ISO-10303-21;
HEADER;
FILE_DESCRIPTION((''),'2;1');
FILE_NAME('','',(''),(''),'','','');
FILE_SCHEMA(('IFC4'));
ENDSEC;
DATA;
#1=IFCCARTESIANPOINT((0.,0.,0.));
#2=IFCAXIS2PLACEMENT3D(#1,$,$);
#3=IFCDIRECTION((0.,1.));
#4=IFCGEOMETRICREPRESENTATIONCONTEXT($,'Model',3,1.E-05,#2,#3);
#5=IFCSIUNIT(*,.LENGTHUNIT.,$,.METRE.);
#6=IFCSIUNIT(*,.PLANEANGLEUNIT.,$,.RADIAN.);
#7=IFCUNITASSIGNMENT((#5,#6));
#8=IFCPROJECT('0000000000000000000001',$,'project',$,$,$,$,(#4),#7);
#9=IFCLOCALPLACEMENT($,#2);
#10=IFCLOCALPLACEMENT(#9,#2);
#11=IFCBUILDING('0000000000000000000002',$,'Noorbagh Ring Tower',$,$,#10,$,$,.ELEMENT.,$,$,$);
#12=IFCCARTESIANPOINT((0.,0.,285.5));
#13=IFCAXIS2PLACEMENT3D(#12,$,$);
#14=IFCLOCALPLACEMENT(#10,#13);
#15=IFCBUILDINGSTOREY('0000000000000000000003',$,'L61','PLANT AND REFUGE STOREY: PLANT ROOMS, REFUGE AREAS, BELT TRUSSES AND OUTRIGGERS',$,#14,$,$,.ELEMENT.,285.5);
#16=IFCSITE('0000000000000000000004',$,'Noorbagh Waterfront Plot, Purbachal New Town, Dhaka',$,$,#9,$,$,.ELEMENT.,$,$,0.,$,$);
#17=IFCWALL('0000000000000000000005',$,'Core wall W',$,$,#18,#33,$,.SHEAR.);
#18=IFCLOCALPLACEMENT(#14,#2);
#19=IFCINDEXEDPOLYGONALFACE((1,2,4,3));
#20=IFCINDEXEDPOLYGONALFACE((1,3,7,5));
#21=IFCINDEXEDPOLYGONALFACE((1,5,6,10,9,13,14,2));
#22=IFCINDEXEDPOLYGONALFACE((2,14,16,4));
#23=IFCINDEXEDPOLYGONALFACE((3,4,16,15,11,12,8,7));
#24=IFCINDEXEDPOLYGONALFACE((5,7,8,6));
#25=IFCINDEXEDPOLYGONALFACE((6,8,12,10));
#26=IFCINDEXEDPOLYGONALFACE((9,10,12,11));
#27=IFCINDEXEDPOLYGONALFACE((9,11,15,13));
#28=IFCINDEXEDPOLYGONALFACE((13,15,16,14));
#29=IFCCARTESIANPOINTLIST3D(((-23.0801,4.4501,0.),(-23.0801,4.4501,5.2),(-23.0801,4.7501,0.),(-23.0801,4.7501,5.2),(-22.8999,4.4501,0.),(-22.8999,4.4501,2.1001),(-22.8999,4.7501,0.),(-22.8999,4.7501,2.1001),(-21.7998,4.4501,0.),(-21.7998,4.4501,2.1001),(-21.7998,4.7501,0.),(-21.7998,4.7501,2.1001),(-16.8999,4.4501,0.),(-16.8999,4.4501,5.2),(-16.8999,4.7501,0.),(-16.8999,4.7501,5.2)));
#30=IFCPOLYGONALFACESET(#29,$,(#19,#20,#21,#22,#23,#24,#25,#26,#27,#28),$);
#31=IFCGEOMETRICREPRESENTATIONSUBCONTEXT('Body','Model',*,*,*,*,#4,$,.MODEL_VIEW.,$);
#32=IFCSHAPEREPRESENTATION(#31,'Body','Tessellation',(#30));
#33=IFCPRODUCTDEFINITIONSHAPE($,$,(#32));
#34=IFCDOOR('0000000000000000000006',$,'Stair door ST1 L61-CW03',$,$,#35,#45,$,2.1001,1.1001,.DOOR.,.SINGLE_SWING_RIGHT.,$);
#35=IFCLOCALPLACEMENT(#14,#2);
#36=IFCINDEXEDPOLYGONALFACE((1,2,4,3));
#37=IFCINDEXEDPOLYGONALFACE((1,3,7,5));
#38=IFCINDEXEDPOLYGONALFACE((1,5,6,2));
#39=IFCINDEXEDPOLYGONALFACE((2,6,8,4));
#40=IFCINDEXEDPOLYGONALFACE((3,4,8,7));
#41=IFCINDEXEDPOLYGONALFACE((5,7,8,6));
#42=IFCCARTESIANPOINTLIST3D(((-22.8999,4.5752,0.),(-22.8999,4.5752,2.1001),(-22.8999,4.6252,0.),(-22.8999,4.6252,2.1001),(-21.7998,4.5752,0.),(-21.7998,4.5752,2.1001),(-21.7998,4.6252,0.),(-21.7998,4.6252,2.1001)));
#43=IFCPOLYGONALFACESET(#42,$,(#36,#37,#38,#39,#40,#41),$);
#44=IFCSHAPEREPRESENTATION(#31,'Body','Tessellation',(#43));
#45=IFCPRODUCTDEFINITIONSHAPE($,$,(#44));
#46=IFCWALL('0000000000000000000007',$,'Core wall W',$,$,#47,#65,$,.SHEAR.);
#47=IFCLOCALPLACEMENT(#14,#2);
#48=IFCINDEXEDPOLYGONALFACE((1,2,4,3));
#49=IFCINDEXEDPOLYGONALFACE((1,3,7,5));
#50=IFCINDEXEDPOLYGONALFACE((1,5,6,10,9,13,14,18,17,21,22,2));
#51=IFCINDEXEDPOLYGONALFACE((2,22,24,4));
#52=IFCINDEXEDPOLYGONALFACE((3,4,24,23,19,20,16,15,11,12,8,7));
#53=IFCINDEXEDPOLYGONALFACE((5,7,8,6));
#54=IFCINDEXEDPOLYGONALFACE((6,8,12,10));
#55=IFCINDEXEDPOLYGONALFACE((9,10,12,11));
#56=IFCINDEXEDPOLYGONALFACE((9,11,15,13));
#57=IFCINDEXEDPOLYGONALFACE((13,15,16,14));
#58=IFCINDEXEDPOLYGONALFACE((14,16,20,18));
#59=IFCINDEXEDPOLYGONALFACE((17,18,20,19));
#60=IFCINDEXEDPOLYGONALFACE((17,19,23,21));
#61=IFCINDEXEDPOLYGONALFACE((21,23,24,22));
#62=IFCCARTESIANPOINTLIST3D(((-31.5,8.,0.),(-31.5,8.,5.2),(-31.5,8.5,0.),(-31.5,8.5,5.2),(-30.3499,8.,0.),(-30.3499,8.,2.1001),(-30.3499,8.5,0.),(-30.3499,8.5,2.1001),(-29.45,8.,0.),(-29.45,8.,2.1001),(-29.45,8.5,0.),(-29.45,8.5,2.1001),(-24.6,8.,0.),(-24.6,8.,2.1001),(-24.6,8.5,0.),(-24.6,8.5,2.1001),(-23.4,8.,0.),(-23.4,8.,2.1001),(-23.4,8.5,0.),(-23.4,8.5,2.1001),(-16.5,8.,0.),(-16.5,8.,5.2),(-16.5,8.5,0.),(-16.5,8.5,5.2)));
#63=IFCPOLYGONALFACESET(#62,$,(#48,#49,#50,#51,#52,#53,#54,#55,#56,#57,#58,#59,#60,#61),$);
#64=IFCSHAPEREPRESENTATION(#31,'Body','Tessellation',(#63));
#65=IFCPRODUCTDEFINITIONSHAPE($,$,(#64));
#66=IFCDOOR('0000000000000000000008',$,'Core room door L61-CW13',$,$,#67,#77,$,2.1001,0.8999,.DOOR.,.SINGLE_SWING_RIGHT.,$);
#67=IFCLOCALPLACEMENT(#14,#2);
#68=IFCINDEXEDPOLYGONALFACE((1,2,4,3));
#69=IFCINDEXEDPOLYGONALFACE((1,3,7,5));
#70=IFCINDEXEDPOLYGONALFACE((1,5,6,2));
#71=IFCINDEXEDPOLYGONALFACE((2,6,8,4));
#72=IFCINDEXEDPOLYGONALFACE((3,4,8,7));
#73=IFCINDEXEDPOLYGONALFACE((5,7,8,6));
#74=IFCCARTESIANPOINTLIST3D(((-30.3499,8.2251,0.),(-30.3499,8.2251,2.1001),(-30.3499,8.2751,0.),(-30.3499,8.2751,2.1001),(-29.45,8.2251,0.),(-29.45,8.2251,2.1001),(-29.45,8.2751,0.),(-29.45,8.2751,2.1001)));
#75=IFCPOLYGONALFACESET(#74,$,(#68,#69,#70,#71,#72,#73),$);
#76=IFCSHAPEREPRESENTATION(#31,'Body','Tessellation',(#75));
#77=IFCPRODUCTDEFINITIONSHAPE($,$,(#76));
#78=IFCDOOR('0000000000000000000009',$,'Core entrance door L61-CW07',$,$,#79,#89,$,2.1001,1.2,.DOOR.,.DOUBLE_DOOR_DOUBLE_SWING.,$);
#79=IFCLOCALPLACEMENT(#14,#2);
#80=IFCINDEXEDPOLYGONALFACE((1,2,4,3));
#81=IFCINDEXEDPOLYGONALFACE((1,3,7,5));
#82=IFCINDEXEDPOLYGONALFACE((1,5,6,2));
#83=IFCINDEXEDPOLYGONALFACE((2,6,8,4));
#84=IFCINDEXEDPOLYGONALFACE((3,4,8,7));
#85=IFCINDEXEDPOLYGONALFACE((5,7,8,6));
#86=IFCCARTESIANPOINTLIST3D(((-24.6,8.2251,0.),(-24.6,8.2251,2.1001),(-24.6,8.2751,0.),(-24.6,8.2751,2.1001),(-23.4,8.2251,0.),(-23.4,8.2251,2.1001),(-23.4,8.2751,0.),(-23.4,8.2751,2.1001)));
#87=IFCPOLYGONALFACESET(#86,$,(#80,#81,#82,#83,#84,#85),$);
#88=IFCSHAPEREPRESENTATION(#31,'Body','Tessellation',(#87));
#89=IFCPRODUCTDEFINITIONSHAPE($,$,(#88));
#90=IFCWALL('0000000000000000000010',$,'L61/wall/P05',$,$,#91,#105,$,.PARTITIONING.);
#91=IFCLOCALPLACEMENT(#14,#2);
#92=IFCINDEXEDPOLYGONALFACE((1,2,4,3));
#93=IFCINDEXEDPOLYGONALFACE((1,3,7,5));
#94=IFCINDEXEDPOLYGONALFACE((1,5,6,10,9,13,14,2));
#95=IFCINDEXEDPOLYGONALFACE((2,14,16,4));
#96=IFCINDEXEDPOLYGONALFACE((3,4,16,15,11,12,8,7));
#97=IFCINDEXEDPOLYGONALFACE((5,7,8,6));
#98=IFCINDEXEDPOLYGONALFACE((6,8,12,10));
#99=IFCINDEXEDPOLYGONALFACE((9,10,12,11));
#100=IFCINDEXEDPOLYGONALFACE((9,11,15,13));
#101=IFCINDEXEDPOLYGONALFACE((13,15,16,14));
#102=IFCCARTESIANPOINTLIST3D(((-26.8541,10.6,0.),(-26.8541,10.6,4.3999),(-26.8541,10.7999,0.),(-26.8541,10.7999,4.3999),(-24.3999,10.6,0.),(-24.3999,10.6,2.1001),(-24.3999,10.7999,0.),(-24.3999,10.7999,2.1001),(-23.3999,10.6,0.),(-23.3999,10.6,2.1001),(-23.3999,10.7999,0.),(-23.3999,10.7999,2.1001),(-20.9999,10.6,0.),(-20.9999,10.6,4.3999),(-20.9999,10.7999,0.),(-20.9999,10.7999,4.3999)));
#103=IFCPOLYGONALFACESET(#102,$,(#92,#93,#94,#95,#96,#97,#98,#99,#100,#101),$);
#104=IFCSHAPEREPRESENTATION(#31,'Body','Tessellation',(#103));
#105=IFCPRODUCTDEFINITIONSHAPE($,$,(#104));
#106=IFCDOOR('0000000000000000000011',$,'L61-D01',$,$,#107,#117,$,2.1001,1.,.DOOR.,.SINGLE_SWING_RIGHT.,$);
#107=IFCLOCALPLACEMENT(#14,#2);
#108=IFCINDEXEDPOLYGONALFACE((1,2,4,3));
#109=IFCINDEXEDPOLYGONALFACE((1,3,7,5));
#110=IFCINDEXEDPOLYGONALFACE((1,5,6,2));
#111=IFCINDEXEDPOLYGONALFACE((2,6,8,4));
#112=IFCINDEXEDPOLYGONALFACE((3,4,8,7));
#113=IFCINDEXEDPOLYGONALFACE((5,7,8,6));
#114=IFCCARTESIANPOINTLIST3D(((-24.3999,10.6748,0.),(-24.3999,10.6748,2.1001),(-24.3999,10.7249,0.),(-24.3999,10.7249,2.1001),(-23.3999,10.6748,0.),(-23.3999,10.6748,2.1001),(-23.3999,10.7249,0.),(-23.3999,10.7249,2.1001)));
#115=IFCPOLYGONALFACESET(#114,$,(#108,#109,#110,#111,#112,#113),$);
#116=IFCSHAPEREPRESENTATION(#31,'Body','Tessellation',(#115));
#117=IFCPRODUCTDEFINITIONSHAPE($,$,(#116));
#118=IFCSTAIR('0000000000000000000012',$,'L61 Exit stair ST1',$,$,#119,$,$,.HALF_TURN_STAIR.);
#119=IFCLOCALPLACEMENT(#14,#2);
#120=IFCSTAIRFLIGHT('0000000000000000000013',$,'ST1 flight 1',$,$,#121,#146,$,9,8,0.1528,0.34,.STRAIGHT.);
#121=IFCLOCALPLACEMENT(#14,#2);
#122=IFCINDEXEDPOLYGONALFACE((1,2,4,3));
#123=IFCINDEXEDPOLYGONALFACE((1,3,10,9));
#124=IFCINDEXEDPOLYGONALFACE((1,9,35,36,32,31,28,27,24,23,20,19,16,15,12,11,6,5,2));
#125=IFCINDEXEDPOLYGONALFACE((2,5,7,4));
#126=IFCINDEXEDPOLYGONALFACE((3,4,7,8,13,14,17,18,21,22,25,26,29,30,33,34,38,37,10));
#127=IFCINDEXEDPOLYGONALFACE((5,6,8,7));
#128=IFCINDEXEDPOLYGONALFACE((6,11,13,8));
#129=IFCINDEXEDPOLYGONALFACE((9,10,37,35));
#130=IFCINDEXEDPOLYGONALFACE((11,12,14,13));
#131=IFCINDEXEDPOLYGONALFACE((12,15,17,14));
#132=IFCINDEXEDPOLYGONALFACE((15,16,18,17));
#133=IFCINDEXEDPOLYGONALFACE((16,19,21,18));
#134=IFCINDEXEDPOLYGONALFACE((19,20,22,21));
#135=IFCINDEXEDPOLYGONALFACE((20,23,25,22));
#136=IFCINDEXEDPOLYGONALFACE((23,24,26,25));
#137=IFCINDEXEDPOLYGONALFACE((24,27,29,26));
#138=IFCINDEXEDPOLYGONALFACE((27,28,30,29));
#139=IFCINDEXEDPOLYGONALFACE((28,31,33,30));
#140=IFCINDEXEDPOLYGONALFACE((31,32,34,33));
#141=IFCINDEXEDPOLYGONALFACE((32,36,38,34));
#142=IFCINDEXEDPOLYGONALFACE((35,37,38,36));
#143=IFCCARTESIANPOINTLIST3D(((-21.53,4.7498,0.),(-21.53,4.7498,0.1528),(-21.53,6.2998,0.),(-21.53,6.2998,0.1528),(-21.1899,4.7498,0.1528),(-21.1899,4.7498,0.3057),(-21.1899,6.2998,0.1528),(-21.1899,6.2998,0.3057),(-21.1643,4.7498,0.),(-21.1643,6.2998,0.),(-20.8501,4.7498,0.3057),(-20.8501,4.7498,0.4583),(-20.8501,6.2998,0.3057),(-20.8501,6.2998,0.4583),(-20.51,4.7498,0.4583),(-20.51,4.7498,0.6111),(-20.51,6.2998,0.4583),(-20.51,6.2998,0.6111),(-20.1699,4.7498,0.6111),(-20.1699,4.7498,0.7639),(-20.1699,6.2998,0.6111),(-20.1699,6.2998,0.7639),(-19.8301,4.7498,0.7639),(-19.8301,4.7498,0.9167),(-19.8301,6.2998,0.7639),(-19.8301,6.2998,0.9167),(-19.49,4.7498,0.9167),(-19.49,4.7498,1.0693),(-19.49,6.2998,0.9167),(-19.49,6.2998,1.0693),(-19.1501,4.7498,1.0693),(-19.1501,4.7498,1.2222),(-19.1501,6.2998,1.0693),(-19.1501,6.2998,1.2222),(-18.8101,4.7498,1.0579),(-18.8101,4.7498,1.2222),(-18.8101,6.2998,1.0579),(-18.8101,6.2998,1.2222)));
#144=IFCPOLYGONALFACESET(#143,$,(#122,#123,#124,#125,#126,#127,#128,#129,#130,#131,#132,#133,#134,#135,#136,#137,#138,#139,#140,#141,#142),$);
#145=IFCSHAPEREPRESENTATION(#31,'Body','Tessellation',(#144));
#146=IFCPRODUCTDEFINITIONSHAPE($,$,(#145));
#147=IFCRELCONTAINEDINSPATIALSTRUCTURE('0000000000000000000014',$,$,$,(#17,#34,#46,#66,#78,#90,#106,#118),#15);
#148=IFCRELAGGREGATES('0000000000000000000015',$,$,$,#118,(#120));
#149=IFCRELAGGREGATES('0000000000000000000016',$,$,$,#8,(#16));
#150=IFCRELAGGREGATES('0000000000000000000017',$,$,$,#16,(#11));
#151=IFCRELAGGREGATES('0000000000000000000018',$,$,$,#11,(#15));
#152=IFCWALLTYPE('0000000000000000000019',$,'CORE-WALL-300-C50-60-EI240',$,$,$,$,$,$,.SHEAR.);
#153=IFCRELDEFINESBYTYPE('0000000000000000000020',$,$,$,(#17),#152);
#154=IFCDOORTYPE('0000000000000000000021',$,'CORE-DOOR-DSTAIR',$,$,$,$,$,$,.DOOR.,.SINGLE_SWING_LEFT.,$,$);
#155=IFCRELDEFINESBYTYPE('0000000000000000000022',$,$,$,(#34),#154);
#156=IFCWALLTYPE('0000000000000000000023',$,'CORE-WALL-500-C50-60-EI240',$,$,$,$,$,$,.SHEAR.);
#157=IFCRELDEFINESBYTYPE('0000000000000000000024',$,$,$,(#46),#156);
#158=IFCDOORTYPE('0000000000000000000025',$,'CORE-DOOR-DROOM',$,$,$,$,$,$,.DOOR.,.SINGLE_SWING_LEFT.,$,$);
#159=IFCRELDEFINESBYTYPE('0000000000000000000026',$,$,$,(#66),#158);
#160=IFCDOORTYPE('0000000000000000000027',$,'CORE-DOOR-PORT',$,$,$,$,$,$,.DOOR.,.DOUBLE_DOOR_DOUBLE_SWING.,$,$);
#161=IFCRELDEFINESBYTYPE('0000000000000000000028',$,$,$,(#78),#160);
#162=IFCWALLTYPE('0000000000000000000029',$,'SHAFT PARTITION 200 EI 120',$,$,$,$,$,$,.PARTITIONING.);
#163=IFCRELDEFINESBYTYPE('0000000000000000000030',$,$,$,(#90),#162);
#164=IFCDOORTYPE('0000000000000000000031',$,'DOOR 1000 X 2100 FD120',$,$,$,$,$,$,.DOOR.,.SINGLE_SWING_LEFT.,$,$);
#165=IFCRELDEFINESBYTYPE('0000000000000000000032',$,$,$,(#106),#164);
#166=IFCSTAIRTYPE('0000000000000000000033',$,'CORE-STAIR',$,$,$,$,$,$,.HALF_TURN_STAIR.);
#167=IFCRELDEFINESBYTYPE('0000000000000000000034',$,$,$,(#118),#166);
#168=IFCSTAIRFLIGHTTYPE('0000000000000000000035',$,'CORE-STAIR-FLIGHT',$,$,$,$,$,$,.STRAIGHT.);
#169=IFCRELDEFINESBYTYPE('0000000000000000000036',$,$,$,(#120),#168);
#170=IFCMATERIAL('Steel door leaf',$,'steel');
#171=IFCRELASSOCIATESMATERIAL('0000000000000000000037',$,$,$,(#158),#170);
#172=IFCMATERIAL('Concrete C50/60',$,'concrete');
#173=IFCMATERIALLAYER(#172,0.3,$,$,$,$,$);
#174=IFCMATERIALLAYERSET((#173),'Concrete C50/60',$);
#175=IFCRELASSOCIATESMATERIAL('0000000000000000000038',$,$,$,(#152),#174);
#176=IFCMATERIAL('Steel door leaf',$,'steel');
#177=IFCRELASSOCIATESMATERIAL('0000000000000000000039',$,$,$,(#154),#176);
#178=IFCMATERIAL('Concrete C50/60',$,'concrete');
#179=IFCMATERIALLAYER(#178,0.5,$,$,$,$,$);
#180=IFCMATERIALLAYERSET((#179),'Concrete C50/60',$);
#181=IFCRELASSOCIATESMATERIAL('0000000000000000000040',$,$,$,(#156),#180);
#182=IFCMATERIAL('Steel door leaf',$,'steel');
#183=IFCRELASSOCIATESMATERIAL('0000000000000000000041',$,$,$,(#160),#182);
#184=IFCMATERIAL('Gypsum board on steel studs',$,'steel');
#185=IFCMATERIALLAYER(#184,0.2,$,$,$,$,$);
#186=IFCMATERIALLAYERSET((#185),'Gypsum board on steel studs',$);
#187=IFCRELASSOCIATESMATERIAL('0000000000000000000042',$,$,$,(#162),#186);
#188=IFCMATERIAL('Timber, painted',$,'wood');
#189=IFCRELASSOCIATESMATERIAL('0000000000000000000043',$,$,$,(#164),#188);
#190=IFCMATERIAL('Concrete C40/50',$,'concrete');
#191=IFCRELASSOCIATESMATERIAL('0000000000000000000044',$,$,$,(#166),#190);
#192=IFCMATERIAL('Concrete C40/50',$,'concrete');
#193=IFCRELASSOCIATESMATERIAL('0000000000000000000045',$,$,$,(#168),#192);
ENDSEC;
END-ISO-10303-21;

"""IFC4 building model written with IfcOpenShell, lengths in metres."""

from ifc_helpers import new_model, si_unit, direction, frame, frame_2d, origin, place, context, subcontext, project, spatial, polyline, rectangle, outline, extrude, material, layer, layer_set, type_object, element, fill, aggregate, save


model = new_model("IFC4")

# Units and contexts
model_context = context("Model", 3, precision=1e-05, world=origin(), true_north=direction((0.0, 1.0)))
body_context = subcontext(model_context, "Body", "Model", "MODEL_VIEW")
ifc_project = project(units=[si_unit("LENGTHUNIT", "METRE"), si_unit("PLANEANGLEUNIT", "RADIAN")], contexts=[model_context])

# Site, building, storey
site_placement = place(None, origin())
site = spatial("IfcSite", under=ifc_project, at=site_placement, Name="Noorbagh Waterfront Plot, Purbachal New Town, Dhaka", CompositionType="ELEMENT", RefElevation=0.0)
building_placement = place(site_placement, origin())
building = spatial("IfcBuilding", under=site, at=building_placement, Name="Noorbagh Ring Tower", CompositionType="ELEMENT")
storey_placement = place(building_placement, frame((0.0, 0.0, 285.5)))
storey = spatial("IfcBuildingStorey", under=building, at=storey_placement, Name="L61", Description="PLANT AND REFUGE STOREY: PLANT ROOMS, REFUGE AREAS, BELT TRUSSES AND OUTRIGGERS", CompositionType="ELEMENT", Elevation=285.5)

# Shared definitions
ifc_material_1 = material(Name="Steel door leaf", Category="steel")
door_type_1 = type_object("IfcDoorType", Name="CORE-DOOR-DROOM", OperationType="SINGLE_SWING_LEFT", PredefinedType="DOOR", material=ifc_material_1)

# Shared definitions
ifc_material_2 = material(Name="Concrete C50/60", Category="concrete")
ifc_layer_1 = layer(ifc_material_2, 0.3)
ifc_layer_set_1 = layer_set([ifc_layer_1], Name="Concrete C50/60")
wall_type_1 = type_object("IfcWallType", Name="CORE-WALL-300-C50-60-EI240", PredefinedType="SHEAR", material=ifc_layer_set_1)

# Wall, opening, door
wall_1_placement = place(storey_placement, frame((-16.8999, 4.6001, 0.0), z_axis=(0.0, 0.0, 1.0), x_axis=(-1.0, 0.0, 0.0)))
wall_1 = element("IfcWall", 1, at=wall_1_placement, inside=storey, type_object=wall_type_1, Name="Core wall W", PredefinedType="SHEAR", context=body_context, shape_type="SweptSolid", body=[
    extrude(rectangle(XDim=6.1802, YDim=0.3, at=frame_2d((3.0901, 0.0))), origin(), (0.0, 0.0, 1.0), 5.2),
])
opening_1_placement = place(wall_1_placement, frame((4.8999, 0.0, 0.0)))
opening_1 = element("IfcOpeningElement", 2, at=opening_1_placement, cuts=wall_1, PredefinedType="OPENING", context=body_context, shape_type="SweptSolid", body=[
    extrude(rectangle(XDim=1.1001, YDim=2.1001, at=frame_2d((0.55, 1.05))), frame((0.0, 0.1602, 0.0), z_axis=(0.0, -1.0, 0.0), x_axis=(1.0, 0.0, 0.0)), (0.0, 0.0, 1.0), 0.3201),
])
ifc_material_3 = material(Name="Steel door leaf", Category="steel")
door_type_2 = type_object("IfcDoorType", Name="CORE-DOOR-DSTAIR", OperationType="SINGLE_SWING_LEFT", PredefinedType="DOOR", material=ifc_material_3)
door_1_placement = place(opening_1_placement, origin())
door_1 = element("IfcDoor", 3, at=door_1_placement, inside=storey, type_object=door_type_2, Name="Stair door ST1 L61-CW03", OperationType="SINGLE_SWING_RIGHT", OverallHeight=2.1001, OverallWidth=1.1001, PredefinedType="DOOR", context=body_context, shape_type="SweptSolid", body=[
    extrude(rectangle(XDim=1.1001, YDim=2.1001, at=frame_2d((0.55, 1.05))), frame((0.0, 0.0249, 0.0), z_axis=(0.0, -1.0, 0.0), x_axis=(1.0, 0.0, 0.0)), (0.0, 0.0, 1.0), 0.05),
])
fill(opening_1, door_1)

# Wall, openings, doors
ifc_material_4 = material(Name="Concrete C50/60", Category="concrete")
ifc_layer_2 = layer(ifc_material_4, 0.5)
ifc_layer_set_2 = layer_set([ifc_layer_2], Name="Concrete C50/60")
wall_type_2 = type_object("IfcWallType", Name="CORE-WALL-500-C50-60-EI240", PredefinedType="SHEAR", material=ifc_layer_set_2)
wall_2_placement = place(storey_placement, frame((-16.5, 8.25, 0.0), z_axis=(0.0, 0.0, 1.0), x_axis=(-1.0, 0.0, 0.0)))
wall_2 = element("IfcWall", 4, at=wall_2_placement, inside=storey, type_object=wall_type_2, Name="Core wall W", PredefinedType="SHEAR", context=body_context, shape_type="SweptSolid", body=[
    extrude(rectangle(XDim=15.0, YDim=0.5, at=frame_2d((7.5, 0.0))), origin(), (0.0, 0.0, 1.0), 5.2),
])
opening_2_placement = place(wall_2_placement, frame((6.8999, 0.0, 0.0)))
opening_2 = element("IfcOpeningElement", 5, at=opening_2_placement, cuts=wall_2, PredefinedType="OPENING", context=body_context, shape_type="SweptSolid", body=[
    extrude(rectangle(XDim=1.2, YDim=2.1001, at=frame_2d((0.6001, 1.05))), frame((0.0, 0.26, 0.0), z_axis=(0.0, -1.0, 0.0), x_axis=(1.0, 0.0, 0.0)), (0.0, 0.0, 1.0), 0.52),
])
opening_3_placement = place(wall_2_placement, frame((12.95, 0.0, 0.0)))
opening_3 = element("IfcOpeningElement", 6, at=opening_3_placement, cuts=wall_2, PredefinedType="OPENING", context=body_context, shape_type="SweptSolid", body=[
    extrude(rectangle(XDim=0.8999, YDim=2.1001, at=frame_2d((0.45, 1.05))), frame((0.0, 0.26, 0.0), z_axis=(0.0, -1.0, 0.0), x_axis=(1.0, 0.0, 0.0)), (0.0, 0.0, 1.0), 0.52),
])
door_2_placement = place(opening_3_placement, origin())
door_2 = element("IfcDoor", 7, at=door_2_placement, inside=storey, type_object=door_type_1, Name="Core room door L61-CW13", OperationType="SINGLE_SWING_RIGHT", OverallHeight=2.1001, OverallWidth=0.8999, PredefinedType="DOOR", context=body_context, shape_type="SweptSolid", body=[
    extrude(rectangle(XDim=0.8999, YDim=2.1001, at=frame_2d((0.45, 1.05))), frame((0.0, 0.0249, 0.0), z_axis=(0.0, -1.0, 0.0), x_axis=(1.0, 0.0, 0.0)), (0.0, 0.0, 1.0), 0.05),
])
fill(opening_3, door_2)
ifc_material_5 = material(Name="Steel door leaf", Category="steel")
door_type_3 = type_object("IfcDoorType", Name="CORE-DOOR-PORT", OperationType="DOUBLE_DOOR_DOUBLE_SWING", PredefinedType="DOOR", material=ifc_material_5)
door_3_placement = place(opening_2_placement, origin())
door_3 = element("IfcDoor", 8, at=door_3_placement, inside=storey, type_object=door_type_3, Name="Core entrance door L61-CW07", OperationType="DOUBLE_DOOR_DOUBLE_SWING", OverallHeight=2.1001, OverallWidth=1.2, PredefinedType="DOOR", context=body_context, shape_type="SweptSolid", body=[
    extrude(rectangle(XDim=1.2, YDim=2.1001, at=frame_2d((0.6001, 1.05))), frame((0.0, 0.0249, 0.0), z_axis=(0.0, -1.0, 0.0), x_axis=(1.0, 0.0, 0.0)), (0.0, 0.0, 1.0), 0.05),
])
fill(opening_2, door_3)

# Wall, opening, door
ifc_material_6 = material(Name="Gypsum board on steel studs", Category="steel")
ifc_layer_3 = layer(ifc_material_6, 0.2)
ifc_layer_set_3 = layer_set([ifc_layer_3], Name="Gypsum board on steel studs")
wall_type_3 = type_object("IfcWallType", Name="SHAFT PARTITION 200 EI 120", PredefinedType="PARTITIONING", material=ifc_layer_set_3)
wall_3_placement = place(storey_placement, frame((-26.8542, 10.7, 0.0), z_axis=(0.0, 0.0, 1.0), x_axis=(1.0, 0.0, 0.0)))
wall_3 = element("IfcWall", 9, at=wall_3_placement, inside=storey, type_object=wall_type_3, Name="L61/wall/P05", PredefinedType="PARTITIONING", context=body_context, shape_type="SweptSolid", body=[
    extrude(rectangle(XDim=5.8542, YDim=0.2, at=frame_2d((2.9272, 0.0))), origin(), (0.0, 0.0, 1.0), 4.3999),
])
opening_4_placement = place(wall_3_placement, frame((2.4543, 0.0, 0.0)))
opening_4 = element("IfcOpeningElement", 10, at=opening_4_placement, cuts=wall_3, PredefinedType="OPENING", context=body_context, shape_type="SweptSolid", body=[
    extrude(rectangle(XDim=1.0, YDim=2.1001, at=frame_2d((0.5, 1.05))), frame((0.0, 0.1099, 0.0), z_axis=(0.0, -1.0, 0.0), x_axis=(1.0, 0.0, 0.0)), (0.0, 0.0, 1.0), 0.22),
])
ifc_material_7 = material(Name="Timber, painted", Category="wood")
door_type_4 = type_object("IfcDoorType", Name="DOOR 1000 X 2100 FD120", OperationType="SINGLE_SWING_LEFT", PredefinedType="DOOR", material=ifc_material_7)
door_4_placement = place(opening_4_placement, origin())
door_4 = element("IfcDoor", 11, at=door_4_placement, inside=storey, type_object=door_type_4, Name="L61-D01", OperationType="SINGLE_SWING_RIGHT", OverallHeight=2.1001, OverallWidth=1.0, PredefinedType="DOOR", context=body_context, shape_type="SweptSolid", body=[
    extrude(rectangle(XDim=1.0, YDim=2.1001, at=frame_2d((0.5, 1.05))), frame((0.0, 0.0249, 0.0), z_axis=(0.0, -1.0, 0.0), x_axis=(1.0, 0.0, 0.0)), (0.0, 0.0, 1.0), 0.05),
])
fill(opening_4, door_4)

# Stair, stair flight
ifc_material_8 = material(Name="Concrete C40/50", Category="concrete")
stair_type = type_object("IfcStairType", Name="CORE-STAIR", PredefinedType="HALF_TURN_STAIR", material=ifc_material_8)
stair_placement = place(storey_placement, origin())
stair = element("IfcStair", 12, at=stair_placement, inside=storey, type_object=stair_type, Name="L61 Exit stair ST1", PredefinedType="HALF_TURN_STAIR")
ifc_material_9 = material(Name="Concrete C40/50", Category="concrete")
stair_flight_type = type_object("IfcStairFlightType", Name="CORE-STAIR-FLIGHT", PredefinedType="STRAIGHT", material=ifc_material_9)
stair_flight_1_placement = place(storey_placement, frame((-21.53, 5.5249, 0.0), z_axis=(0.0, 0.0, 1.0), x_axis=(1.0, 0.0, 0.0)))
stair_flight_1 = element("IfcStairFlight", 13, at=stair_flight_1_placement, type_object=stair_flight_type, Name="ST1 flight 1", NumberOfRisers=9, NumberOfTreads=8, PredefinedType="STRAIGHT", RiserHeight=0.1528, TreadLength=0.34, context=body_context, shape_type="SweptSolid", body=[
    extrude(outline(polyline([(0.0, 0.0), (0.0, 0.1528), (0.3401, 0.1528), (0.3401, 0.3057), (0.6799, 0.3057), (0.6799, 0.4583), (1.02, 0.4583), (1.02, 0.6111), (1.3601, 0.6111), (1.3601, 0.7639), (1.7, 0.7639), (1.7, 0.9167), (2.04, 0.9167), (2.04, 1.0693), (2.3799, 1.0693), (2.3799, 1.2222), (2.72, 1.2222), (2.72, 1.375), (2.72, 1.0579), (0.3657, 0.0), (0.0, 0.0)])), frame((0.0, 0.7749, 0.0), z_axis=(0.0, -1.0, 0.0), x_axis=(1.0, 0.0, 0.0)), (0.0, 0.0, 1.0), 1.55),
])
aggregate(stair, [stair_flight_1])

save(model, "model.ifc")
